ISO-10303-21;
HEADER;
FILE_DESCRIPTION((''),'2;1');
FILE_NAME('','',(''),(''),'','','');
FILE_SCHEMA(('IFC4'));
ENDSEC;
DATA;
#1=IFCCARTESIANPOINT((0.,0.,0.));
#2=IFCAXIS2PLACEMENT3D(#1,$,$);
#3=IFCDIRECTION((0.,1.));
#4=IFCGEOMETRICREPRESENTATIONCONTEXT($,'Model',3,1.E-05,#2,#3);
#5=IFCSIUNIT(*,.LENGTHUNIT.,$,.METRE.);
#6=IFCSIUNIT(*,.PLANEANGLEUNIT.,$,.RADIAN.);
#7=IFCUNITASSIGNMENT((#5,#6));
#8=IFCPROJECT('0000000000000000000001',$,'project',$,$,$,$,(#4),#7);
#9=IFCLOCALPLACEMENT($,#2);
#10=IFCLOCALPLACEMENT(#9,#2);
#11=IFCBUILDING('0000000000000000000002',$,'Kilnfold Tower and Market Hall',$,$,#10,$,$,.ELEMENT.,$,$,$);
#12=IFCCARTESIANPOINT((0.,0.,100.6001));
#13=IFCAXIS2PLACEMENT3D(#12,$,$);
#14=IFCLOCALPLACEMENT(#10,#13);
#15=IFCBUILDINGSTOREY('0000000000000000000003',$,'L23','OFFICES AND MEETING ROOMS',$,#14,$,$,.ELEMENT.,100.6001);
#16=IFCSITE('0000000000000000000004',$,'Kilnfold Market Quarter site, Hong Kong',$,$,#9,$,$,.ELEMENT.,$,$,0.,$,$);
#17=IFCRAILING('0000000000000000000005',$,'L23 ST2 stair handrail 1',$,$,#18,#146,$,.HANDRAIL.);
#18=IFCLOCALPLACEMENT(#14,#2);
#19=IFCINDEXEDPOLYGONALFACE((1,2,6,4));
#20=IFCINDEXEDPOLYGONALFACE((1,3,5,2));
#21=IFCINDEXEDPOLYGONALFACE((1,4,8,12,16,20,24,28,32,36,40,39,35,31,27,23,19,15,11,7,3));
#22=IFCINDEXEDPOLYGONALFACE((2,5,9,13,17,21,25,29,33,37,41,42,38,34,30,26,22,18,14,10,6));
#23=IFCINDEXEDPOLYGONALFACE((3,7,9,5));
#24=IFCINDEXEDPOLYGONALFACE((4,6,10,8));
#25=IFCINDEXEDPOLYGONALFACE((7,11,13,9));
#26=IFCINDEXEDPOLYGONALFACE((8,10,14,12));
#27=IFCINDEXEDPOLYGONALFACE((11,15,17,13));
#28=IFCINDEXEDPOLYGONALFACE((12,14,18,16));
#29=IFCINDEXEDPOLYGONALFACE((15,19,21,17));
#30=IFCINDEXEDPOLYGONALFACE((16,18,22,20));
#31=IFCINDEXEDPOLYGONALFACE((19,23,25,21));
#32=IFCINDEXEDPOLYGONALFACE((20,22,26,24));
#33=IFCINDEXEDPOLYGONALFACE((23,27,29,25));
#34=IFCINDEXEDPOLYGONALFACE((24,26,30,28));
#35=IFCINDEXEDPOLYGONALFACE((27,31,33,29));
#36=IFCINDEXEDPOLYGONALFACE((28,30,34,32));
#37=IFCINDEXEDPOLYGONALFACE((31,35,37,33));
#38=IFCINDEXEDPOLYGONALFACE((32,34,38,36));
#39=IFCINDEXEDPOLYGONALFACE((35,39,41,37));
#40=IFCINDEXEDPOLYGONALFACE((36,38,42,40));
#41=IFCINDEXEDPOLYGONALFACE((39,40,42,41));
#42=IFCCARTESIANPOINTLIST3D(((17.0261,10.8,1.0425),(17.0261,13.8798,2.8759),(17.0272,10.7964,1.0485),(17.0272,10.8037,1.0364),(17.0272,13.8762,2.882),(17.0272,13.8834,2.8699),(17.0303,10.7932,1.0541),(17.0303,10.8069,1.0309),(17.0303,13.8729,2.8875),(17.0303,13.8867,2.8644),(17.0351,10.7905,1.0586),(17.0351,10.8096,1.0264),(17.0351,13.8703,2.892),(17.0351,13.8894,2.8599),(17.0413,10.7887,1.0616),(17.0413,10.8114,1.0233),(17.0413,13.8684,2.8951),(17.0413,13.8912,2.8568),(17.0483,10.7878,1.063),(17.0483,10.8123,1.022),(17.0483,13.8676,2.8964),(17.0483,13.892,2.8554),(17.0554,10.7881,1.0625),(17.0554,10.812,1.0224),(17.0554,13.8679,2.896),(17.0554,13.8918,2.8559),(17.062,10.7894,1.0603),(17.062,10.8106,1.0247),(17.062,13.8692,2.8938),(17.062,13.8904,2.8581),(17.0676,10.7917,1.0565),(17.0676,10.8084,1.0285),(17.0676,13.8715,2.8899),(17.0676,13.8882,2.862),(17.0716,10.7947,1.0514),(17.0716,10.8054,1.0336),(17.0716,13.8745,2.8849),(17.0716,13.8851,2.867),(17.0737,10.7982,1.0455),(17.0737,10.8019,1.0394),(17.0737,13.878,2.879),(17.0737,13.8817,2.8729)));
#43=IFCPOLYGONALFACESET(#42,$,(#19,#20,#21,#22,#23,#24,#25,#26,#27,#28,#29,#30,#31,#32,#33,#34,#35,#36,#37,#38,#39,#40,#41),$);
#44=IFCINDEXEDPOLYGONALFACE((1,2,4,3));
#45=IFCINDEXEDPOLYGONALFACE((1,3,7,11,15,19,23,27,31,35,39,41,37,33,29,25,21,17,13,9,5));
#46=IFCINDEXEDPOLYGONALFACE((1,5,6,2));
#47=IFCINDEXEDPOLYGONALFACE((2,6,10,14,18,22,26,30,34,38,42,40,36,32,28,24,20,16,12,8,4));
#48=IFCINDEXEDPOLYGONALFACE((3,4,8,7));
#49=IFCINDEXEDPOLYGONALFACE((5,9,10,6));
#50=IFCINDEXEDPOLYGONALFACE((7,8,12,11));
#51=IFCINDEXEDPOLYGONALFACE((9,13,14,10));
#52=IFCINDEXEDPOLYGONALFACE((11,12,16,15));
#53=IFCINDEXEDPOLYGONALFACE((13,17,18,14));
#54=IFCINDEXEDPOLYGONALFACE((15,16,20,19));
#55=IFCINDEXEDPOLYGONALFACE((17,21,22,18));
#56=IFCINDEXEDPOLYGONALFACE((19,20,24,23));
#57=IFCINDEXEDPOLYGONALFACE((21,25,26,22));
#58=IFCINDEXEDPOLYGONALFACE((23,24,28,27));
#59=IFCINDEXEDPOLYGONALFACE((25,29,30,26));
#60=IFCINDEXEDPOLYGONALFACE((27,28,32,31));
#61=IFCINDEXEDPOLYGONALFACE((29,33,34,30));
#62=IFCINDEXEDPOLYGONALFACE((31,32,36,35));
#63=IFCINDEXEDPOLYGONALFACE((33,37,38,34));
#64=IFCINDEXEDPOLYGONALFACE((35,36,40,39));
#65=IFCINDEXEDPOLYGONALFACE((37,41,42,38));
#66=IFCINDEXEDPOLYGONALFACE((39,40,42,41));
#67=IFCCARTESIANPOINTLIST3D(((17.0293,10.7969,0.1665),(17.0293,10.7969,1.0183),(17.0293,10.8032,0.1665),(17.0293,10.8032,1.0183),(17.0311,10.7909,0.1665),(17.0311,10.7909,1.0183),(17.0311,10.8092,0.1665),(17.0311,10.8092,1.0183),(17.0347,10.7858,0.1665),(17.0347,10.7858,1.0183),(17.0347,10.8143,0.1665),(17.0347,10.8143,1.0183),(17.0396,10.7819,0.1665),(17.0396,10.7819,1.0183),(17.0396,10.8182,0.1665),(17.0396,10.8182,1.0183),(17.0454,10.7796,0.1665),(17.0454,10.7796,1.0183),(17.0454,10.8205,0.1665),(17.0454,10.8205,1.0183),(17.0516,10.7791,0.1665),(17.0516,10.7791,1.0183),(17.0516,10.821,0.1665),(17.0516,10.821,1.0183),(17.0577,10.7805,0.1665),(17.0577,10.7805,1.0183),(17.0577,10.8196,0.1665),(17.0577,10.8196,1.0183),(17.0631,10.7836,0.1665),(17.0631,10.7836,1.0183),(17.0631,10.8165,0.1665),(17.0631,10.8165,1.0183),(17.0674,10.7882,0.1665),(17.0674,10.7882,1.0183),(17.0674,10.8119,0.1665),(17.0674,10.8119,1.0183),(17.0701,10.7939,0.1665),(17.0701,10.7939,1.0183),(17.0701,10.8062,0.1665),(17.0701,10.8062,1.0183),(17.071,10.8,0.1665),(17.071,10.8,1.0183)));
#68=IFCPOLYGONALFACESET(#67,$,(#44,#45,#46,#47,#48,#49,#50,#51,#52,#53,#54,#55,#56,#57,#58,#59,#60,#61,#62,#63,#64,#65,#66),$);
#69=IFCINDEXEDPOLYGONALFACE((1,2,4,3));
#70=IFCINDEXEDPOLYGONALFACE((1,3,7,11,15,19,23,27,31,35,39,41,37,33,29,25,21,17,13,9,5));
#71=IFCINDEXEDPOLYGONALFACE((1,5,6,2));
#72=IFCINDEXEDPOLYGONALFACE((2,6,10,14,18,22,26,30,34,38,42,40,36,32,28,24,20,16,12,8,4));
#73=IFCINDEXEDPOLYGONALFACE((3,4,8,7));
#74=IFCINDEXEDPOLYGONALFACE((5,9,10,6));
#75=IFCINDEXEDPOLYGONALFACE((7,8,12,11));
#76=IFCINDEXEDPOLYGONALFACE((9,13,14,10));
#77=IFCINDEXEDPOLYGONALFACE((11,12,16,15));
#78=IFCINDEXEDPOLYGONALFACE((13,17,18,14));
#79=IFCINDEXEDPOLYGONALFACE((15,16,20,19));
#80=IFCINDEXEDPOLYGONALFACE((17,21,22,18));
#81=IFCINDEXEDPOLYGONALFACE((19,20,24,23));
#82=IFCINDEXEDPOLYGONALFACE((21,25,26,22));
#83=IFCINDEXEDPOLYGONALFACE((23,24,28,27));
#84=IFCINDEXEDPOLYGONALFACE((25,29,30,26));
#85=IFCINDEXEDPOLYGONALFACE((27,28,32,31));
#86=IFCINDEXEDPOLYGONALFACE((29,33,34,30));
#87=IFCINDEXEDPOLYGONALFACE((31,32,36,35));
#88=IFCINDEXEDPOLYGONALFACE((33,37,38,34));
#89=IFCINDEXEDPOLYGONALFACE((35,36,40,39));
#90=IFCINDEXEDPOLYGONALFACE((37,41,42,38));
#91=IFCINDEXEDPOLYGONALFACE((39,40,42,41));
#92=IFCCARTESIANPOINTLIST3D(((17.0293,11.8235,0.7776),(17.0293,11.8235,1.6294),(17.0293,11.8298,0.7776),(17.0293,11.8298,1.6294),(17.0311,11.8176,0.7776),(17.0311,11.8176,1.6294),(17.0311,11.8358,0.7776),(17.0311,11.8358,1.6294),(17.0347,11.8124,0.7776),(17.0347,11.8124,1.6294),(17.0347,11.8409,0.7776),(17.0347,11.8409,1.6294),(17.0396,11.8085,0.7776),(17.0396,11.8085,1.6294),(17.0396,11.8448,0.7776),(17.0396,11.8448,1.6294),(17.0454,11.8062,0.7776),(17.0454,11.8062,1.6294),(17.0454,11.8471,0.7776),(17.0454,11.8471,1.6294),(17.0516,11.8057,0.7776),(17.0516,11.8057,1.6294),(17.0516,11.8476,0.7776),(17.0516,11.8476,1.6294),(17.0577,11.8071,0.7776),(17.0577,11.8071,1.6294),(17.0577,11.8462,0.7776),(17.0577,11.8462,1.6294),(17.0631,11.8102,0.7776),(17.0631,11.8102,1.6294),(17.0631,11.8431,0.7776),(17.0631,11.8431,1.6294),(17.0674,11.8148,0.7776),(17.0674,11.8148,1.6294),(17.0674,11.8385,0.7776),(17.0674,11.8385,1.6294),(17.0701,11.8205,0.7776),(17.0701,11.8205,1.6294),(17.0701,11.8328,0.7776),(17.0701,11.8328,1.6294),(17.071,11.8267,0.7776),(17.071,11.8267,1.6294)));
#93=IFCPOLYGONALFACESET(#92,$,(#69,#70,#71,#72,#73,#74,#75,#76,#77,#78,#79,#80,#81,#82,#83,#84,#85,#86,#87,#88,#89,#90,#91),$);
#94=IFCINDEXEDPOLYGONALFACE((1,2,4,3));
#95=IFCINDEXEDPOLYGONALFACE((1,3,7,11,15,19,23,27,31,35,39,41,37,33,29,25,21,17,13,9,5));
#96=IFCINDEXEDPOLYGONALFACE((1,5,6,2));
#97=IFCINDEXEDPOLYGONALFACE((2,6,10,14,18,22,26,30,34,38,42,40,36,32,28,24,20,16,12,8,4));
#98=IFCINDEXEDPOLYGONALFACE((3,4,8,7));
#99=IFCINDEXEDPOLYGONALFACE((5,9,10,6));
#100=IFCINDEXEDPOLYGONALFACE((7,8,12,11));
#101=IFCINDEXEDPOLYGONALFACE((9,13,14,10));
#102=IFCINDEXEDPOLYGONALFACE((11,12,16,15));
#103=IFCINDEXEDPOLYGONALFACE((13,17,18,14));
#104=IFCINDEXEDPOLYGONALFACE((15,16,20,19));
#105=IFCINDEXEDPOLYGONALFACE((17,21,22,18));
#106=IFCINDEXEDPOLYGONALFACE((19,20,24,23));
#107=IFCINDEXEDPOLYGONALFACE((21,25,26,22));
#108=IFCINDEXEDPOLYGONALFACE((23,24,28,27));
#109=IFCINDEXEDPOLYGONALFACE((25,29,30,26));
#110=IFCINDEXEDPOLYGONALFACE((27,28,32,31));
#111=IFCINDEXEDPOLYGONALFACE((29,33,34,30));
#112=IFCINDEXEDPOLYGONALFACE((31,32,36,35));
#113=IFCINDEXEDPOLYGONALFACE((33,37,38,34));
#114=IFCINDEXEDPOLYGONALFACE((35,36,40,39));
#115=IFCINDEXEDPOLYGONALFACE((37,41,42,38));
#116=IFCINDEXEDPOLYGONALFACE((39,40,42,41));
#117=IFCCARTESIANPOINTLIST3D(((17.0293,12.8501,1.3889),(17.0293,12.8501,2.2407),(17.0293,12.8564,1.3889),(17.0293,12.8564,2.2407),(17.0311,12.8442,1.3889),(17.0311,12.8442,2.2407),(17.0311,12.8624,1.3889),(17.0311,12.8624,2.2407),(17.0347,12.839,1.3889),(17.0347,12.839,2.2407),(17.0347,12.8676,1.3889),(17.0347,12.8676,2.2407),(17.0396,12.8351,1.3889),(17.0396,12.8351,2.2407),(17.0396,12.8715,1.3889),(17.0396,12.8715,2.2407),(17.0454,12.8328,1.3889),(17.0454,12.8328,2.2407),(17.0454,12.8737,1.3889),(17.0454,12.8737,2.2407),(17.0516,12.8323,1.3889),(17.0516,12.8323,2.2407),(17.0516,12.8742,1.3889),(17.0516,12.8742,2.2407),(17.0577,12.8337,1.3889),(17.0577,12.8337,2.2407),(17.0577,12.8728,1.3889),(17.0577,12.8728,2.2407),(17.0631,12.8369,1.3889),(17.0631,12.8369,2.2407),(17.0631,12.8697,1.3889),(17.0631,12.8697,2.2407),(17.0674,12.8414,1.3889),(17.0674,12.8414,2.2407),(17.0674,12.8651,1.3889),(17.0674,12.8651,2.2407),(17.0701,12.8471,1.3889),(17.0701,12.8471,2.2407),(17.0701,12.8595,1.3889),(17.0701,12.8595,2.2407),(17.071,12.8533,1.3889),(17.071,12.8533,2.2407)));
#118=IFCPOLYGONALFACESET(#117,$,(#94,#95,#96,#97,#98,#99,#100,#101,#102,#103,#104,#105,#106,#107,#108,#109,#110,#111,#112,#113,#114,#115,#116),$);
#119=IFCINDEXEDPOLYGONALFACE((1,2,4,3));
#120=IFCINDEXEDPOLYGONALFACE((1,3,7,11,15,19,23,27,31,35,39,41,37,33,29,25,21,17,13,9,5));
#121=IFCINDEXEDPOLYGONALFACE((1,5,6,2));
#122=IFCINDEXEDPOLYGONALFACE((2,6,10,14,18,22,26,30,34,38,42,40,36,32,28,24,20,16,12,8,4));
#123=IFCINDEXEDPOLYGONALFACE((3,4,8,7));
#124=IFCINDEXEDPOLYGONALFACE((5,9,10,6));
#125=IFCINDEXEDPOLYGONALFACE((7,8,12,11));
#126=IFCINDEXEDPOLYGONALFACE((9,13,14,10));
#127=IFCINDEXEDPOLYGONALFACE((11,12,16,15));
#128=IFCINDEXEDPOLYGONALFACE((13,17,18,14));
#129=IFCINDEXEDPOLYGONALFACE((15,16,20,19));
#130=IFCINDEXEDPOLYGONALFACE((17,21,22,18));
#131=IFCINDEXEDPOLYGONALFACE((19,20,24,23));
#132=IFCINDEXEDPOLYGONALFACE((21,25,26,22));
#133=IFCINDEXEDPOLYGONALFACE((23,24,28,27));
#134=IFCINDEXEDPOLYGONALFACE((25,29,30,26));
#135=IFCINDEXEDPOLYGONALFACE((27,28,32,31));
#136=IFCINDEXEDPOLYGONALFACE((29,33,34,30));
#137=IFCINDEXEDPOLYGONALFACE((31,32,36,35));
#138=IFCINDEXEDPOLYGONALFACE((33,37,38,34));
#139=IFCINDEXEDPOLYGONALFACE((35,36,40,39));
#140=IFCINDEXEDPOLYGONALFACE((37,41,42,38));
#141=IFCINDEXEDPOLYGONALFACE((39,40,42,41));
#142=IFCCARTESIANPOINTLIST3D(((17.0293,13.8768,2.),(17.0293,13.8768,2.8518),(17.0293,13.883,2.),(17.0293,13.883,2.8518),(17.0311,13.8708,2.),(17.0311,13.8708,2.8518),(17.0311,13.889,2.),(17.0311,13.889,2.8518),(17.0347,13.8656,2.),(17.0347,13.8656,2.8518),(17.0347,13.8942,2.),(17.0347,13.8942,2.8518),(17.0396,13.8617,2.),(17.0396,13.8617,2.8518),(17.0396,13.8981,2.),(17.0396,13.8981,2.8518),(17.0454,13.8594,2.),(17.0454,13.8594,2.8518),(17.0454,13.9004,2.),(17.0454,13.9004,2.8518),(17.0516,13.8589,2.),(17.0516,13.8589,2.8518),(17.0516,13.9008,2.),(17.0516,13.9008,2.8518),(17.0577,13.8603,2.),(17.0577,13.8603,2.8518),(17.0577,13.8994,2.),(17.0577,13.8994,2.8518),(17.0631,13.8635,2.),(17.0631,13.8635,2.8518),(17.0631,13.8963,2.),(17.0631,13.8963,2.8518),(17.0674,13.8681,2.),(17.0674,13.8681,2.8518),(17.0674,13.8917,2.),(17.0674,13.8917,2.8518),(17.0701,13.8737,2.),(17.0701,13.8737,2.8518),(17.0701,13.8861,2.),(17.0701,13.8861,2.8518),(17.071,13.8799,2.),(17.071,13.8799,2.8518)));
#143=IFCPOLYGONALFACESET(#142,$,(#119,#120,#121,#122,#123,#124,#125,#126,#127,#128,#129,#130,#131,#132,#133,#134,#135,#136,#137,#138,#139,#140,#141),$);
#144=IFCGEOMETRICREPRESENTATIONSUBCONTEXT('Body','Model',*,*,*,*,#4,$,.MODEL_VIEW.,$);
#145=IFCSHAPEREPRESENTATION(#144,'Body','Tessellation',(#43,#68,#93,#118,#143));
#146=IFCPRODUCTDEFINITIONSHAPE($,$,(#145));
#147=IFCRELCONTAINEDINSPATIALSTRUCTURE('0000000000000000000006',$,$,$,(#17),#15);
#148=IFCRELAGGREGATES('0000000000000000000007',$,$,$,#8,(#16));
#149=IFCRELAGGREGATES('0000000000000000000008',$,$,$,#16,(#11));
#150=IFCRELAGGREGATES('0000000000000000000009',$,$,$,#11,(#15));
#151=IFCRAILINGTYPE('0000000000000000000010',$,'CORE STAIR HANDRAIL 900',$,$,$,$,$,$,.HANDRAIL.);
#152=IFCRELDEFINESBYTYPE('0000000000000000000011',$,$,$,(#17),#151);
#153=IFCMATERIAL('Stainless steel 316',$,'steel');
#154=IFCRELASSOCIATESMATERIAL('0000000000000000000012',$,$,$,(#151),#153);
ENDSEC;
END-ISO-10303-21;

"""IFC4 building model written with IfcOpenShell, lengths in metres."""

from ifc_helpers import new_model, si_unit, direction, frame, origin, origin_2d, place, context, subcontext, project, spatial, circle, extrude, material, type_object, element, save


model = new_model("IFC4")

# Units and contexts
model_context = context("Model", 3, precision=1e-05, world=origin(), true_north=direction((0.0, 1.0)))
body_context = subcontext(model_context, "Body", "Model", "MODEL_VIEW")
ifc_project = project(units=[si_unit("LENGTHUNIT", "METRE"), si_unit("PLANEANGLEUNIT", "RADIAN")], contexts=[model_context])

# Site, building, storey
site_placement = place(None, origin())
site = spatial("IfcSite", under=ifc_project, at=site_placement, Name="Kilnfold Market Quarter site, Hong Kong", CompositionType="ELEMENT", RefElevation=0.0)
building_placement = place(site_placement, origin())
building = spatial("IfcBuilding", under=site, at=building_placement, Name="Kilnfold Tower and Market Hall", CompositionType="ELEMENT")
storey_placement = place(building_placement, frame((0.0, 0.0, 100.6001)))
storey = spatial("IfcBuildingStorey", under=building, at=storey_placement, Name="L23", Description="OFFICES AND MEETING ROOMS", CompositionType="ELEMENT", Elevation=100.6001)

# Railing
ifc_material_1 = material(Name="Stainless steel 316", Category="steel")
railing_type_1 = type_object("IfcRailingType", Name="CORE STAIR HANDRAIL 900", PredefinedType="HANDRAIL", material=ifc_material_1)
railing_1_placement = place(storey_placement, frame((17.05, 10.8, 0.1665)))
element("IfcRailing", 1, at=railing_1_placement, inside=storey, type_object=railing_type_1, Name="L23 ST2 stair handrail 1", PredefinedType="HANDRAIL", context=body_context, shape_type="SweptSolid", body=[
    extrude(circle(Radius=0.0239, at=origin_2d()), frame((0.0, 0.0, 0.876), z_axis=(0.0, 0.859261, 0.511538), x_axis=(-1.0, 0.0, 0.0)), (0.0, 0.0, 1.0), 3.5842),
    extrude(circle(Radius=0.021, at=origin_2d()), origin(), (0.0, 0.0, 1.0), 0.8518),
    extrude(circle(Radius=0.021, at=origin_2d()), frame((0.0, 1.0266, 0.6111)), (0.0, 0.0, 1.0), 0.8518),
    extrude(circle(Radius=0.021, at=origin_2d()), frame((0.0, 2.0532, 1.2224)), (0.0, 0.0, 1.0), 0.8518),
    extrude(circle(Radius=0.021, at=origin_2d()), frame((0.0, 3.0798, 1.8335)), (0.0, 0.0, 1.0), 0.8518),
])

save(model, "model.ifc")
